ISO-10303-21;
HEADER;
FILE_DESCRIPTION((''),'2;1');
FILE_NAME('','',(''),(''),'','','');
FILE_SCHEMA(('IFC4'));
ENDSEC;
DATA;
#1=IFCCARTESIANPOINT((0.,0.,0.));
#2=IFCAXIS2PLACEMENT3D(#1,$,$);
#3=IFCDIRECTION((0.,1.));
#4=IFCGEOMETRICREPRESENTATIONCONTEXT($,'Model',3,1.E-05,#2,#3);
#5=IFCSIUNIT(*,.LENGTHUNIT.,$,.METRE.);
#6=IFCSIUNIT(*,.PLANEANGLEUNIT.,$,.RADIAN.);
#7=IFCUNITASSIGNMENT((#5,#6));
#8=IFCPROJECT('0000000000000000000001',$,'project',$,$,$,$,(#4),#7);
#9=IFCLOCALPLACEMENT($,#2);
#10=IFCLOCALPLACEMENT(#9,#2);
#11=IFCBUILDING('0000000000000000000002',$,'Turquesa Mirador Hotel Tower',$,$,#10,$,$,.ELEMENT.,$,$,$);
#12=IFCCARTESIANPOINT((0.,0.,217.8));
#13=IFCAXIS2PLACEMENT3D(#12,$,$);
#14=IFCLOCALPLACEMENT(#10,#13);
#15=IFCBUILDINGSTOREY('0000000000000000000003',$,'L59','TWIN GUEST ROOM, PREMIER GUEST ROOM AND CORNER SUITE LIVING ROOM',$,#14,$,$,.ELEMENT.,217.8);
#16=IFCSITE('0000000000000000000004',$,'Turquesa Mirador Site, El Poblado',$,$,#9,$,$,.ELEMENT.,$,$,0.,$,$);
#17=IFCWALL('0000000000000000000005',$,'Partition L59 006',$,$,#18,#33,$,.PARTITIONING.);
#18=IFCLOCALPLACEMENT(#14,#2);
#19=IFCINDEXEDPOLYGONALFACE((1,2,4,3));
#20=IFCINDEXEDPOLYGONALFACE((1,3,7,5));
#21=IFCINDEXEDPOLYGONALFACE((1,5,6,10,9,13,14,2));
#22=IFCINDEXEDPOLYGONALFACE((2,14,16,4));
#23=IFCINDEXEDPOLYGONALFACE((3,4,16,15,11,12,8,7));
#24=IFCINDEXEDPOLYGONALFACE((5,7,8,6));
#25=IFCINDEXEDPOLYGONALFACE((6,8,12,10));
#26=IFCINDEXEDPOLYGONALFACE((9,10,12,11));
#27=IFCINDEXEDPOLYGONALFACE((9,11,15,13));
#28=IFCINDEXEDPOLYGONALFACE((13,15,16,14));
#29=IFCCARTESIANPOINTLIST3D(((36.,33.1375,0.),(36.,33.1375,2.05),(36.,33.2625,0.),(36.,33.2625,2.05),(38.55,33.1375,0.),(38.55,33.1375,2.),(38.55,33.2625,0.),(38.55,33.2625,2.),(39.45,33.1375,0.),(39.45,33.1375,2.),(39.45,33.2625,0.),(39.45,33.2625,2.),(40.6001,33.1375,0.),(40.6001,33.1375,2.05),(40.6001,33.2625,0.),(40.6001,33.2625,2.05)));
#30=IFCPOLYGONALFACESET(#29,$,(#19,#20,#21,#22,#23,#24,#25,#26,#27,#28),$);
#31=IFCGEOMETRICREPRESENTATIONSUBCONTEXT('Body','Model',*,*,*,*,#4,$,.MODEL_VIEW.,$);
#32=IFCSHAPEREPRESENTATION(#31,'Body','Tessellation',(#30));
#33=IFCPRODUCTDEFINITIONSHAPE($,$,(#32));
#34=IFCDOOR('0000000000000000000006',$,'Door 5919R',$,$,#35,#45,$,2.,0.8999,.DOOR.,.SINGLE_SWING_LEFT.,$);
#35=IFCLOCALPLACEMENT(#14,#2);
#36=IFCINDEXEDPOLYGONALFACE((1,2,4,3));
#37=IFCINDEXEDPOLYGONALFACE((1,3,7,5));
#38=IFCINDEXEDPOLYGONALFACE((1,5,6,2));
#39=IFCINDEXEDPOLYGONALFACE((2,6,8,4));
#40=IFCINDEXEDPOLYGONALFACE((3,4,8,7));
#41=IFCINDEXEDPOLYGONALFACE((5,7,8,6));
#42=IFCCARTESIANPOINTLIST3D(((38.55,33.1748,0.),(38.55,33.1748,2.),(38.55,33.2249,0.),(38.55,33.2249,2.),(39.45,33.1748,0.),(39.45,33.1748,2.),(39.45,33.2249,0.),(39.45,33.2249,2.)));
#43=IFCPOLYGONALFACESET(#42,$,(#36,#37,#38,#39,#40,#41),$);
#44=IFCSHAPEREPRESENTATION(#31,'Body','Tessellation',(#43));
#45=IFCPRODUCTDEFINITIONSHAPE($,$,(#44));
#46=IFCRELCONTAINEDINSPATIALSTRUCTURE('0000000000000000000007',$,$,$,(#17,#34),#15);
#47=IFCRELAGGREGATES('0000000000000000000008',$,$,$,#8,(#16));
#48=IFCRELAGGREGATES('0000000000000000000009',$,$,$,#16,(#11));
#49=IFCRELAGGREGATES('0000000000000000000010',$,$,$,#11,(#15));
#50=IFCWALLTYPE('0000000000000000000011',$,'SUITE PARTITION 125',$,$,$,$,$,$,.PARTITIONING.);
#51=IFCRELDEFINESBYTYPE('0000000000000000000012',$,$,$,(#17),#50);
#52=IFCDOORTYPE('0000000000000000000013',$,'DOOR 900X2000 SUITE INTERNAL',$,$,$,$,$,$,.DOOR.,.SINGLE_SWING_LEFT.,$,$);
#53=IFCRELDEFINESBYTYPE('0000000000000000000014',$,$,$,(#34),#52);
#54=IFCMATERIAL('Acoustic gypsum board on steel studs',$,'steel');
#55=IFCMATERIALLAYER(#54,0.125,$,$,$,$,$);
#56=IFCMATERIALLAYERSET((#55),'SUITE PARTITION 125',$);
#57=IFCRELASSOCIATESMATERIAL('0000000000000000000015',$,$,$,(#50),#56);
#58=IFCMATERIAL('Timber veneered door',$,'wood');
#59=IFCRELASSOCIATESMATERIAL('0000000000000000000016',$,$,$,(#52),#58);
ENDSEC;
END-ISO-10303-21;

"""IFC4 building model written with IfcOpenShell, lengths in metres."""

from ifc_helpers import new_model, si_unit, direction, frame, frame_2d, origin, place, context, subcontext, project, spatial, rectangle, extrude, material, layer, layer_set, type_object, element, fill, save


model = new_model("IFC4")

# Units and contexts
model_context = context("Model", 3, precision=1e-05, world=origin(), true_north=direction((0.0, 1.0)))
body_context = subcontext(model_context, "Body", "Model", "MODEL_VIEW")
ifc_project = project(units=[si_unit("LENGTHUNIT", "METRE"), si_unit("PLANEANGLEUNIT", "RADIAN")], contexts=[model_context])

# Site, building, storey
site_placement = place(None, origin())
site = spatial("IfcSite", under=ifc_project, at=site_placement, Name="Turquesa Mirador Site, El Poblado", CompositionType="ELEMENT", RefElevation=0.0)
building_placement = place(site_placement, origin())
building = spatial("IfcBuilding", under=site, at=building_placement, Name="Turquesa Mirador Hotel Tower", CompositionType="ELEMENT")
storey_placement = place(building_placement, frame((0.0, 0.0, 217.8)))
storey = spatial("IfcBuildingStorey", under=building, at=storey_placement, Name="L59", Description="TWIN GUEST ROOM, PREMIER GUEST ROOM AND CORNER SUITE LIVING ROOM", CompositionType="ELEMENT", Elevation=217.8)

# Wall, opening, door
ifc_material_1 = material(Name="Acoustic gypsum board on steel studs", Category="steel")
ifc_layer_1 = layer(ifc_material_1, 0.125)
ifc_layer_set_1 = layer_set([ifc_layer_1], Name="SUITE PARTITION 125")
wall_type_1 = type_object("IfcWallType", Name="SUITE PARTITION 125", PredefinedType="PARTITIONING", material=ifc_layer_set_1)
wall_1_placement = place(storey_placement, frame((36.0, 33.2, 0.0), z_axis=(0.0, 0.0, 1.0), x_axis=(1.0, 0.0, 0.0)))
wall_1 = element("IfcWall", 1, at=wall_1_placement, inside=storey, type_object=wall_type_1, Name="Partition L59 006", PredefinedType="PARTITIONING", context=body_context, shape_type="SweptSolid", body=[
    extrude(rectangle(XDim=4.6001, YDim=0.125, at=frame_2d((2.3, 0.0))), origin(), (0.0, 0.0, 1.0), 2.05),
])
opening_1_placement = place(wall_1_placement, frame((2.55, 0.0, 0.0)))
opening_1 = element("IfcOpeningElement", 2, at=opening_1_placement, cuts=wall_1, PredefinedType="OPENING", context=body_context, shape_type="SweptSolid", body=[
    extrude(rectangle(XDim=0.8999, YDim=2.0, at=frame_2d((0.45, 1.0))), frame((0.0, 0.0725, 0.0), z_axis=(0.0, -1.0, 0.0), x_axis=(1.0, 0.0, 0.0)), (0.0, 0.0, 1.0), 0.145),
])
ifc_material_2 = material(Name="Timber veneered door", Category="wood")
door_type_1 = type_object("IfcDoorType", Name="DOOR 900X2000 SUITE INTERNAL", OperationType="SINGLE_SWING_LEFT", PredefinedType="DOOR", material=ifc_material_2)
door_1_placement = place(opening_1_placement, origin())
door_1 = element("IfcDoor", 3, at=door_1_placement, inside=storey, type_object=door_type_1, Name="Door 5919R", OperationType="SINGLE_SWING_LEFT", OverallHeight=2.0, OverallWidth=0.8999, PredefinedType="DOOR", context=body_context, shape_type="SweptSolid", body=[
    extrude(rectangle(XDim=0.8999, YDim=2.0, at=frame_2d((0.45, 1.0))), frame((0.0, 0.0249, 0.0), z_axis=(0.0, -1.0, 0.0), x_axis=(1.0, 0.0, 0.0)), (0.0, 0.0, 1.0), 0.05),
])
fill(opening_1, door_1)

save(model, "model.ifc")
